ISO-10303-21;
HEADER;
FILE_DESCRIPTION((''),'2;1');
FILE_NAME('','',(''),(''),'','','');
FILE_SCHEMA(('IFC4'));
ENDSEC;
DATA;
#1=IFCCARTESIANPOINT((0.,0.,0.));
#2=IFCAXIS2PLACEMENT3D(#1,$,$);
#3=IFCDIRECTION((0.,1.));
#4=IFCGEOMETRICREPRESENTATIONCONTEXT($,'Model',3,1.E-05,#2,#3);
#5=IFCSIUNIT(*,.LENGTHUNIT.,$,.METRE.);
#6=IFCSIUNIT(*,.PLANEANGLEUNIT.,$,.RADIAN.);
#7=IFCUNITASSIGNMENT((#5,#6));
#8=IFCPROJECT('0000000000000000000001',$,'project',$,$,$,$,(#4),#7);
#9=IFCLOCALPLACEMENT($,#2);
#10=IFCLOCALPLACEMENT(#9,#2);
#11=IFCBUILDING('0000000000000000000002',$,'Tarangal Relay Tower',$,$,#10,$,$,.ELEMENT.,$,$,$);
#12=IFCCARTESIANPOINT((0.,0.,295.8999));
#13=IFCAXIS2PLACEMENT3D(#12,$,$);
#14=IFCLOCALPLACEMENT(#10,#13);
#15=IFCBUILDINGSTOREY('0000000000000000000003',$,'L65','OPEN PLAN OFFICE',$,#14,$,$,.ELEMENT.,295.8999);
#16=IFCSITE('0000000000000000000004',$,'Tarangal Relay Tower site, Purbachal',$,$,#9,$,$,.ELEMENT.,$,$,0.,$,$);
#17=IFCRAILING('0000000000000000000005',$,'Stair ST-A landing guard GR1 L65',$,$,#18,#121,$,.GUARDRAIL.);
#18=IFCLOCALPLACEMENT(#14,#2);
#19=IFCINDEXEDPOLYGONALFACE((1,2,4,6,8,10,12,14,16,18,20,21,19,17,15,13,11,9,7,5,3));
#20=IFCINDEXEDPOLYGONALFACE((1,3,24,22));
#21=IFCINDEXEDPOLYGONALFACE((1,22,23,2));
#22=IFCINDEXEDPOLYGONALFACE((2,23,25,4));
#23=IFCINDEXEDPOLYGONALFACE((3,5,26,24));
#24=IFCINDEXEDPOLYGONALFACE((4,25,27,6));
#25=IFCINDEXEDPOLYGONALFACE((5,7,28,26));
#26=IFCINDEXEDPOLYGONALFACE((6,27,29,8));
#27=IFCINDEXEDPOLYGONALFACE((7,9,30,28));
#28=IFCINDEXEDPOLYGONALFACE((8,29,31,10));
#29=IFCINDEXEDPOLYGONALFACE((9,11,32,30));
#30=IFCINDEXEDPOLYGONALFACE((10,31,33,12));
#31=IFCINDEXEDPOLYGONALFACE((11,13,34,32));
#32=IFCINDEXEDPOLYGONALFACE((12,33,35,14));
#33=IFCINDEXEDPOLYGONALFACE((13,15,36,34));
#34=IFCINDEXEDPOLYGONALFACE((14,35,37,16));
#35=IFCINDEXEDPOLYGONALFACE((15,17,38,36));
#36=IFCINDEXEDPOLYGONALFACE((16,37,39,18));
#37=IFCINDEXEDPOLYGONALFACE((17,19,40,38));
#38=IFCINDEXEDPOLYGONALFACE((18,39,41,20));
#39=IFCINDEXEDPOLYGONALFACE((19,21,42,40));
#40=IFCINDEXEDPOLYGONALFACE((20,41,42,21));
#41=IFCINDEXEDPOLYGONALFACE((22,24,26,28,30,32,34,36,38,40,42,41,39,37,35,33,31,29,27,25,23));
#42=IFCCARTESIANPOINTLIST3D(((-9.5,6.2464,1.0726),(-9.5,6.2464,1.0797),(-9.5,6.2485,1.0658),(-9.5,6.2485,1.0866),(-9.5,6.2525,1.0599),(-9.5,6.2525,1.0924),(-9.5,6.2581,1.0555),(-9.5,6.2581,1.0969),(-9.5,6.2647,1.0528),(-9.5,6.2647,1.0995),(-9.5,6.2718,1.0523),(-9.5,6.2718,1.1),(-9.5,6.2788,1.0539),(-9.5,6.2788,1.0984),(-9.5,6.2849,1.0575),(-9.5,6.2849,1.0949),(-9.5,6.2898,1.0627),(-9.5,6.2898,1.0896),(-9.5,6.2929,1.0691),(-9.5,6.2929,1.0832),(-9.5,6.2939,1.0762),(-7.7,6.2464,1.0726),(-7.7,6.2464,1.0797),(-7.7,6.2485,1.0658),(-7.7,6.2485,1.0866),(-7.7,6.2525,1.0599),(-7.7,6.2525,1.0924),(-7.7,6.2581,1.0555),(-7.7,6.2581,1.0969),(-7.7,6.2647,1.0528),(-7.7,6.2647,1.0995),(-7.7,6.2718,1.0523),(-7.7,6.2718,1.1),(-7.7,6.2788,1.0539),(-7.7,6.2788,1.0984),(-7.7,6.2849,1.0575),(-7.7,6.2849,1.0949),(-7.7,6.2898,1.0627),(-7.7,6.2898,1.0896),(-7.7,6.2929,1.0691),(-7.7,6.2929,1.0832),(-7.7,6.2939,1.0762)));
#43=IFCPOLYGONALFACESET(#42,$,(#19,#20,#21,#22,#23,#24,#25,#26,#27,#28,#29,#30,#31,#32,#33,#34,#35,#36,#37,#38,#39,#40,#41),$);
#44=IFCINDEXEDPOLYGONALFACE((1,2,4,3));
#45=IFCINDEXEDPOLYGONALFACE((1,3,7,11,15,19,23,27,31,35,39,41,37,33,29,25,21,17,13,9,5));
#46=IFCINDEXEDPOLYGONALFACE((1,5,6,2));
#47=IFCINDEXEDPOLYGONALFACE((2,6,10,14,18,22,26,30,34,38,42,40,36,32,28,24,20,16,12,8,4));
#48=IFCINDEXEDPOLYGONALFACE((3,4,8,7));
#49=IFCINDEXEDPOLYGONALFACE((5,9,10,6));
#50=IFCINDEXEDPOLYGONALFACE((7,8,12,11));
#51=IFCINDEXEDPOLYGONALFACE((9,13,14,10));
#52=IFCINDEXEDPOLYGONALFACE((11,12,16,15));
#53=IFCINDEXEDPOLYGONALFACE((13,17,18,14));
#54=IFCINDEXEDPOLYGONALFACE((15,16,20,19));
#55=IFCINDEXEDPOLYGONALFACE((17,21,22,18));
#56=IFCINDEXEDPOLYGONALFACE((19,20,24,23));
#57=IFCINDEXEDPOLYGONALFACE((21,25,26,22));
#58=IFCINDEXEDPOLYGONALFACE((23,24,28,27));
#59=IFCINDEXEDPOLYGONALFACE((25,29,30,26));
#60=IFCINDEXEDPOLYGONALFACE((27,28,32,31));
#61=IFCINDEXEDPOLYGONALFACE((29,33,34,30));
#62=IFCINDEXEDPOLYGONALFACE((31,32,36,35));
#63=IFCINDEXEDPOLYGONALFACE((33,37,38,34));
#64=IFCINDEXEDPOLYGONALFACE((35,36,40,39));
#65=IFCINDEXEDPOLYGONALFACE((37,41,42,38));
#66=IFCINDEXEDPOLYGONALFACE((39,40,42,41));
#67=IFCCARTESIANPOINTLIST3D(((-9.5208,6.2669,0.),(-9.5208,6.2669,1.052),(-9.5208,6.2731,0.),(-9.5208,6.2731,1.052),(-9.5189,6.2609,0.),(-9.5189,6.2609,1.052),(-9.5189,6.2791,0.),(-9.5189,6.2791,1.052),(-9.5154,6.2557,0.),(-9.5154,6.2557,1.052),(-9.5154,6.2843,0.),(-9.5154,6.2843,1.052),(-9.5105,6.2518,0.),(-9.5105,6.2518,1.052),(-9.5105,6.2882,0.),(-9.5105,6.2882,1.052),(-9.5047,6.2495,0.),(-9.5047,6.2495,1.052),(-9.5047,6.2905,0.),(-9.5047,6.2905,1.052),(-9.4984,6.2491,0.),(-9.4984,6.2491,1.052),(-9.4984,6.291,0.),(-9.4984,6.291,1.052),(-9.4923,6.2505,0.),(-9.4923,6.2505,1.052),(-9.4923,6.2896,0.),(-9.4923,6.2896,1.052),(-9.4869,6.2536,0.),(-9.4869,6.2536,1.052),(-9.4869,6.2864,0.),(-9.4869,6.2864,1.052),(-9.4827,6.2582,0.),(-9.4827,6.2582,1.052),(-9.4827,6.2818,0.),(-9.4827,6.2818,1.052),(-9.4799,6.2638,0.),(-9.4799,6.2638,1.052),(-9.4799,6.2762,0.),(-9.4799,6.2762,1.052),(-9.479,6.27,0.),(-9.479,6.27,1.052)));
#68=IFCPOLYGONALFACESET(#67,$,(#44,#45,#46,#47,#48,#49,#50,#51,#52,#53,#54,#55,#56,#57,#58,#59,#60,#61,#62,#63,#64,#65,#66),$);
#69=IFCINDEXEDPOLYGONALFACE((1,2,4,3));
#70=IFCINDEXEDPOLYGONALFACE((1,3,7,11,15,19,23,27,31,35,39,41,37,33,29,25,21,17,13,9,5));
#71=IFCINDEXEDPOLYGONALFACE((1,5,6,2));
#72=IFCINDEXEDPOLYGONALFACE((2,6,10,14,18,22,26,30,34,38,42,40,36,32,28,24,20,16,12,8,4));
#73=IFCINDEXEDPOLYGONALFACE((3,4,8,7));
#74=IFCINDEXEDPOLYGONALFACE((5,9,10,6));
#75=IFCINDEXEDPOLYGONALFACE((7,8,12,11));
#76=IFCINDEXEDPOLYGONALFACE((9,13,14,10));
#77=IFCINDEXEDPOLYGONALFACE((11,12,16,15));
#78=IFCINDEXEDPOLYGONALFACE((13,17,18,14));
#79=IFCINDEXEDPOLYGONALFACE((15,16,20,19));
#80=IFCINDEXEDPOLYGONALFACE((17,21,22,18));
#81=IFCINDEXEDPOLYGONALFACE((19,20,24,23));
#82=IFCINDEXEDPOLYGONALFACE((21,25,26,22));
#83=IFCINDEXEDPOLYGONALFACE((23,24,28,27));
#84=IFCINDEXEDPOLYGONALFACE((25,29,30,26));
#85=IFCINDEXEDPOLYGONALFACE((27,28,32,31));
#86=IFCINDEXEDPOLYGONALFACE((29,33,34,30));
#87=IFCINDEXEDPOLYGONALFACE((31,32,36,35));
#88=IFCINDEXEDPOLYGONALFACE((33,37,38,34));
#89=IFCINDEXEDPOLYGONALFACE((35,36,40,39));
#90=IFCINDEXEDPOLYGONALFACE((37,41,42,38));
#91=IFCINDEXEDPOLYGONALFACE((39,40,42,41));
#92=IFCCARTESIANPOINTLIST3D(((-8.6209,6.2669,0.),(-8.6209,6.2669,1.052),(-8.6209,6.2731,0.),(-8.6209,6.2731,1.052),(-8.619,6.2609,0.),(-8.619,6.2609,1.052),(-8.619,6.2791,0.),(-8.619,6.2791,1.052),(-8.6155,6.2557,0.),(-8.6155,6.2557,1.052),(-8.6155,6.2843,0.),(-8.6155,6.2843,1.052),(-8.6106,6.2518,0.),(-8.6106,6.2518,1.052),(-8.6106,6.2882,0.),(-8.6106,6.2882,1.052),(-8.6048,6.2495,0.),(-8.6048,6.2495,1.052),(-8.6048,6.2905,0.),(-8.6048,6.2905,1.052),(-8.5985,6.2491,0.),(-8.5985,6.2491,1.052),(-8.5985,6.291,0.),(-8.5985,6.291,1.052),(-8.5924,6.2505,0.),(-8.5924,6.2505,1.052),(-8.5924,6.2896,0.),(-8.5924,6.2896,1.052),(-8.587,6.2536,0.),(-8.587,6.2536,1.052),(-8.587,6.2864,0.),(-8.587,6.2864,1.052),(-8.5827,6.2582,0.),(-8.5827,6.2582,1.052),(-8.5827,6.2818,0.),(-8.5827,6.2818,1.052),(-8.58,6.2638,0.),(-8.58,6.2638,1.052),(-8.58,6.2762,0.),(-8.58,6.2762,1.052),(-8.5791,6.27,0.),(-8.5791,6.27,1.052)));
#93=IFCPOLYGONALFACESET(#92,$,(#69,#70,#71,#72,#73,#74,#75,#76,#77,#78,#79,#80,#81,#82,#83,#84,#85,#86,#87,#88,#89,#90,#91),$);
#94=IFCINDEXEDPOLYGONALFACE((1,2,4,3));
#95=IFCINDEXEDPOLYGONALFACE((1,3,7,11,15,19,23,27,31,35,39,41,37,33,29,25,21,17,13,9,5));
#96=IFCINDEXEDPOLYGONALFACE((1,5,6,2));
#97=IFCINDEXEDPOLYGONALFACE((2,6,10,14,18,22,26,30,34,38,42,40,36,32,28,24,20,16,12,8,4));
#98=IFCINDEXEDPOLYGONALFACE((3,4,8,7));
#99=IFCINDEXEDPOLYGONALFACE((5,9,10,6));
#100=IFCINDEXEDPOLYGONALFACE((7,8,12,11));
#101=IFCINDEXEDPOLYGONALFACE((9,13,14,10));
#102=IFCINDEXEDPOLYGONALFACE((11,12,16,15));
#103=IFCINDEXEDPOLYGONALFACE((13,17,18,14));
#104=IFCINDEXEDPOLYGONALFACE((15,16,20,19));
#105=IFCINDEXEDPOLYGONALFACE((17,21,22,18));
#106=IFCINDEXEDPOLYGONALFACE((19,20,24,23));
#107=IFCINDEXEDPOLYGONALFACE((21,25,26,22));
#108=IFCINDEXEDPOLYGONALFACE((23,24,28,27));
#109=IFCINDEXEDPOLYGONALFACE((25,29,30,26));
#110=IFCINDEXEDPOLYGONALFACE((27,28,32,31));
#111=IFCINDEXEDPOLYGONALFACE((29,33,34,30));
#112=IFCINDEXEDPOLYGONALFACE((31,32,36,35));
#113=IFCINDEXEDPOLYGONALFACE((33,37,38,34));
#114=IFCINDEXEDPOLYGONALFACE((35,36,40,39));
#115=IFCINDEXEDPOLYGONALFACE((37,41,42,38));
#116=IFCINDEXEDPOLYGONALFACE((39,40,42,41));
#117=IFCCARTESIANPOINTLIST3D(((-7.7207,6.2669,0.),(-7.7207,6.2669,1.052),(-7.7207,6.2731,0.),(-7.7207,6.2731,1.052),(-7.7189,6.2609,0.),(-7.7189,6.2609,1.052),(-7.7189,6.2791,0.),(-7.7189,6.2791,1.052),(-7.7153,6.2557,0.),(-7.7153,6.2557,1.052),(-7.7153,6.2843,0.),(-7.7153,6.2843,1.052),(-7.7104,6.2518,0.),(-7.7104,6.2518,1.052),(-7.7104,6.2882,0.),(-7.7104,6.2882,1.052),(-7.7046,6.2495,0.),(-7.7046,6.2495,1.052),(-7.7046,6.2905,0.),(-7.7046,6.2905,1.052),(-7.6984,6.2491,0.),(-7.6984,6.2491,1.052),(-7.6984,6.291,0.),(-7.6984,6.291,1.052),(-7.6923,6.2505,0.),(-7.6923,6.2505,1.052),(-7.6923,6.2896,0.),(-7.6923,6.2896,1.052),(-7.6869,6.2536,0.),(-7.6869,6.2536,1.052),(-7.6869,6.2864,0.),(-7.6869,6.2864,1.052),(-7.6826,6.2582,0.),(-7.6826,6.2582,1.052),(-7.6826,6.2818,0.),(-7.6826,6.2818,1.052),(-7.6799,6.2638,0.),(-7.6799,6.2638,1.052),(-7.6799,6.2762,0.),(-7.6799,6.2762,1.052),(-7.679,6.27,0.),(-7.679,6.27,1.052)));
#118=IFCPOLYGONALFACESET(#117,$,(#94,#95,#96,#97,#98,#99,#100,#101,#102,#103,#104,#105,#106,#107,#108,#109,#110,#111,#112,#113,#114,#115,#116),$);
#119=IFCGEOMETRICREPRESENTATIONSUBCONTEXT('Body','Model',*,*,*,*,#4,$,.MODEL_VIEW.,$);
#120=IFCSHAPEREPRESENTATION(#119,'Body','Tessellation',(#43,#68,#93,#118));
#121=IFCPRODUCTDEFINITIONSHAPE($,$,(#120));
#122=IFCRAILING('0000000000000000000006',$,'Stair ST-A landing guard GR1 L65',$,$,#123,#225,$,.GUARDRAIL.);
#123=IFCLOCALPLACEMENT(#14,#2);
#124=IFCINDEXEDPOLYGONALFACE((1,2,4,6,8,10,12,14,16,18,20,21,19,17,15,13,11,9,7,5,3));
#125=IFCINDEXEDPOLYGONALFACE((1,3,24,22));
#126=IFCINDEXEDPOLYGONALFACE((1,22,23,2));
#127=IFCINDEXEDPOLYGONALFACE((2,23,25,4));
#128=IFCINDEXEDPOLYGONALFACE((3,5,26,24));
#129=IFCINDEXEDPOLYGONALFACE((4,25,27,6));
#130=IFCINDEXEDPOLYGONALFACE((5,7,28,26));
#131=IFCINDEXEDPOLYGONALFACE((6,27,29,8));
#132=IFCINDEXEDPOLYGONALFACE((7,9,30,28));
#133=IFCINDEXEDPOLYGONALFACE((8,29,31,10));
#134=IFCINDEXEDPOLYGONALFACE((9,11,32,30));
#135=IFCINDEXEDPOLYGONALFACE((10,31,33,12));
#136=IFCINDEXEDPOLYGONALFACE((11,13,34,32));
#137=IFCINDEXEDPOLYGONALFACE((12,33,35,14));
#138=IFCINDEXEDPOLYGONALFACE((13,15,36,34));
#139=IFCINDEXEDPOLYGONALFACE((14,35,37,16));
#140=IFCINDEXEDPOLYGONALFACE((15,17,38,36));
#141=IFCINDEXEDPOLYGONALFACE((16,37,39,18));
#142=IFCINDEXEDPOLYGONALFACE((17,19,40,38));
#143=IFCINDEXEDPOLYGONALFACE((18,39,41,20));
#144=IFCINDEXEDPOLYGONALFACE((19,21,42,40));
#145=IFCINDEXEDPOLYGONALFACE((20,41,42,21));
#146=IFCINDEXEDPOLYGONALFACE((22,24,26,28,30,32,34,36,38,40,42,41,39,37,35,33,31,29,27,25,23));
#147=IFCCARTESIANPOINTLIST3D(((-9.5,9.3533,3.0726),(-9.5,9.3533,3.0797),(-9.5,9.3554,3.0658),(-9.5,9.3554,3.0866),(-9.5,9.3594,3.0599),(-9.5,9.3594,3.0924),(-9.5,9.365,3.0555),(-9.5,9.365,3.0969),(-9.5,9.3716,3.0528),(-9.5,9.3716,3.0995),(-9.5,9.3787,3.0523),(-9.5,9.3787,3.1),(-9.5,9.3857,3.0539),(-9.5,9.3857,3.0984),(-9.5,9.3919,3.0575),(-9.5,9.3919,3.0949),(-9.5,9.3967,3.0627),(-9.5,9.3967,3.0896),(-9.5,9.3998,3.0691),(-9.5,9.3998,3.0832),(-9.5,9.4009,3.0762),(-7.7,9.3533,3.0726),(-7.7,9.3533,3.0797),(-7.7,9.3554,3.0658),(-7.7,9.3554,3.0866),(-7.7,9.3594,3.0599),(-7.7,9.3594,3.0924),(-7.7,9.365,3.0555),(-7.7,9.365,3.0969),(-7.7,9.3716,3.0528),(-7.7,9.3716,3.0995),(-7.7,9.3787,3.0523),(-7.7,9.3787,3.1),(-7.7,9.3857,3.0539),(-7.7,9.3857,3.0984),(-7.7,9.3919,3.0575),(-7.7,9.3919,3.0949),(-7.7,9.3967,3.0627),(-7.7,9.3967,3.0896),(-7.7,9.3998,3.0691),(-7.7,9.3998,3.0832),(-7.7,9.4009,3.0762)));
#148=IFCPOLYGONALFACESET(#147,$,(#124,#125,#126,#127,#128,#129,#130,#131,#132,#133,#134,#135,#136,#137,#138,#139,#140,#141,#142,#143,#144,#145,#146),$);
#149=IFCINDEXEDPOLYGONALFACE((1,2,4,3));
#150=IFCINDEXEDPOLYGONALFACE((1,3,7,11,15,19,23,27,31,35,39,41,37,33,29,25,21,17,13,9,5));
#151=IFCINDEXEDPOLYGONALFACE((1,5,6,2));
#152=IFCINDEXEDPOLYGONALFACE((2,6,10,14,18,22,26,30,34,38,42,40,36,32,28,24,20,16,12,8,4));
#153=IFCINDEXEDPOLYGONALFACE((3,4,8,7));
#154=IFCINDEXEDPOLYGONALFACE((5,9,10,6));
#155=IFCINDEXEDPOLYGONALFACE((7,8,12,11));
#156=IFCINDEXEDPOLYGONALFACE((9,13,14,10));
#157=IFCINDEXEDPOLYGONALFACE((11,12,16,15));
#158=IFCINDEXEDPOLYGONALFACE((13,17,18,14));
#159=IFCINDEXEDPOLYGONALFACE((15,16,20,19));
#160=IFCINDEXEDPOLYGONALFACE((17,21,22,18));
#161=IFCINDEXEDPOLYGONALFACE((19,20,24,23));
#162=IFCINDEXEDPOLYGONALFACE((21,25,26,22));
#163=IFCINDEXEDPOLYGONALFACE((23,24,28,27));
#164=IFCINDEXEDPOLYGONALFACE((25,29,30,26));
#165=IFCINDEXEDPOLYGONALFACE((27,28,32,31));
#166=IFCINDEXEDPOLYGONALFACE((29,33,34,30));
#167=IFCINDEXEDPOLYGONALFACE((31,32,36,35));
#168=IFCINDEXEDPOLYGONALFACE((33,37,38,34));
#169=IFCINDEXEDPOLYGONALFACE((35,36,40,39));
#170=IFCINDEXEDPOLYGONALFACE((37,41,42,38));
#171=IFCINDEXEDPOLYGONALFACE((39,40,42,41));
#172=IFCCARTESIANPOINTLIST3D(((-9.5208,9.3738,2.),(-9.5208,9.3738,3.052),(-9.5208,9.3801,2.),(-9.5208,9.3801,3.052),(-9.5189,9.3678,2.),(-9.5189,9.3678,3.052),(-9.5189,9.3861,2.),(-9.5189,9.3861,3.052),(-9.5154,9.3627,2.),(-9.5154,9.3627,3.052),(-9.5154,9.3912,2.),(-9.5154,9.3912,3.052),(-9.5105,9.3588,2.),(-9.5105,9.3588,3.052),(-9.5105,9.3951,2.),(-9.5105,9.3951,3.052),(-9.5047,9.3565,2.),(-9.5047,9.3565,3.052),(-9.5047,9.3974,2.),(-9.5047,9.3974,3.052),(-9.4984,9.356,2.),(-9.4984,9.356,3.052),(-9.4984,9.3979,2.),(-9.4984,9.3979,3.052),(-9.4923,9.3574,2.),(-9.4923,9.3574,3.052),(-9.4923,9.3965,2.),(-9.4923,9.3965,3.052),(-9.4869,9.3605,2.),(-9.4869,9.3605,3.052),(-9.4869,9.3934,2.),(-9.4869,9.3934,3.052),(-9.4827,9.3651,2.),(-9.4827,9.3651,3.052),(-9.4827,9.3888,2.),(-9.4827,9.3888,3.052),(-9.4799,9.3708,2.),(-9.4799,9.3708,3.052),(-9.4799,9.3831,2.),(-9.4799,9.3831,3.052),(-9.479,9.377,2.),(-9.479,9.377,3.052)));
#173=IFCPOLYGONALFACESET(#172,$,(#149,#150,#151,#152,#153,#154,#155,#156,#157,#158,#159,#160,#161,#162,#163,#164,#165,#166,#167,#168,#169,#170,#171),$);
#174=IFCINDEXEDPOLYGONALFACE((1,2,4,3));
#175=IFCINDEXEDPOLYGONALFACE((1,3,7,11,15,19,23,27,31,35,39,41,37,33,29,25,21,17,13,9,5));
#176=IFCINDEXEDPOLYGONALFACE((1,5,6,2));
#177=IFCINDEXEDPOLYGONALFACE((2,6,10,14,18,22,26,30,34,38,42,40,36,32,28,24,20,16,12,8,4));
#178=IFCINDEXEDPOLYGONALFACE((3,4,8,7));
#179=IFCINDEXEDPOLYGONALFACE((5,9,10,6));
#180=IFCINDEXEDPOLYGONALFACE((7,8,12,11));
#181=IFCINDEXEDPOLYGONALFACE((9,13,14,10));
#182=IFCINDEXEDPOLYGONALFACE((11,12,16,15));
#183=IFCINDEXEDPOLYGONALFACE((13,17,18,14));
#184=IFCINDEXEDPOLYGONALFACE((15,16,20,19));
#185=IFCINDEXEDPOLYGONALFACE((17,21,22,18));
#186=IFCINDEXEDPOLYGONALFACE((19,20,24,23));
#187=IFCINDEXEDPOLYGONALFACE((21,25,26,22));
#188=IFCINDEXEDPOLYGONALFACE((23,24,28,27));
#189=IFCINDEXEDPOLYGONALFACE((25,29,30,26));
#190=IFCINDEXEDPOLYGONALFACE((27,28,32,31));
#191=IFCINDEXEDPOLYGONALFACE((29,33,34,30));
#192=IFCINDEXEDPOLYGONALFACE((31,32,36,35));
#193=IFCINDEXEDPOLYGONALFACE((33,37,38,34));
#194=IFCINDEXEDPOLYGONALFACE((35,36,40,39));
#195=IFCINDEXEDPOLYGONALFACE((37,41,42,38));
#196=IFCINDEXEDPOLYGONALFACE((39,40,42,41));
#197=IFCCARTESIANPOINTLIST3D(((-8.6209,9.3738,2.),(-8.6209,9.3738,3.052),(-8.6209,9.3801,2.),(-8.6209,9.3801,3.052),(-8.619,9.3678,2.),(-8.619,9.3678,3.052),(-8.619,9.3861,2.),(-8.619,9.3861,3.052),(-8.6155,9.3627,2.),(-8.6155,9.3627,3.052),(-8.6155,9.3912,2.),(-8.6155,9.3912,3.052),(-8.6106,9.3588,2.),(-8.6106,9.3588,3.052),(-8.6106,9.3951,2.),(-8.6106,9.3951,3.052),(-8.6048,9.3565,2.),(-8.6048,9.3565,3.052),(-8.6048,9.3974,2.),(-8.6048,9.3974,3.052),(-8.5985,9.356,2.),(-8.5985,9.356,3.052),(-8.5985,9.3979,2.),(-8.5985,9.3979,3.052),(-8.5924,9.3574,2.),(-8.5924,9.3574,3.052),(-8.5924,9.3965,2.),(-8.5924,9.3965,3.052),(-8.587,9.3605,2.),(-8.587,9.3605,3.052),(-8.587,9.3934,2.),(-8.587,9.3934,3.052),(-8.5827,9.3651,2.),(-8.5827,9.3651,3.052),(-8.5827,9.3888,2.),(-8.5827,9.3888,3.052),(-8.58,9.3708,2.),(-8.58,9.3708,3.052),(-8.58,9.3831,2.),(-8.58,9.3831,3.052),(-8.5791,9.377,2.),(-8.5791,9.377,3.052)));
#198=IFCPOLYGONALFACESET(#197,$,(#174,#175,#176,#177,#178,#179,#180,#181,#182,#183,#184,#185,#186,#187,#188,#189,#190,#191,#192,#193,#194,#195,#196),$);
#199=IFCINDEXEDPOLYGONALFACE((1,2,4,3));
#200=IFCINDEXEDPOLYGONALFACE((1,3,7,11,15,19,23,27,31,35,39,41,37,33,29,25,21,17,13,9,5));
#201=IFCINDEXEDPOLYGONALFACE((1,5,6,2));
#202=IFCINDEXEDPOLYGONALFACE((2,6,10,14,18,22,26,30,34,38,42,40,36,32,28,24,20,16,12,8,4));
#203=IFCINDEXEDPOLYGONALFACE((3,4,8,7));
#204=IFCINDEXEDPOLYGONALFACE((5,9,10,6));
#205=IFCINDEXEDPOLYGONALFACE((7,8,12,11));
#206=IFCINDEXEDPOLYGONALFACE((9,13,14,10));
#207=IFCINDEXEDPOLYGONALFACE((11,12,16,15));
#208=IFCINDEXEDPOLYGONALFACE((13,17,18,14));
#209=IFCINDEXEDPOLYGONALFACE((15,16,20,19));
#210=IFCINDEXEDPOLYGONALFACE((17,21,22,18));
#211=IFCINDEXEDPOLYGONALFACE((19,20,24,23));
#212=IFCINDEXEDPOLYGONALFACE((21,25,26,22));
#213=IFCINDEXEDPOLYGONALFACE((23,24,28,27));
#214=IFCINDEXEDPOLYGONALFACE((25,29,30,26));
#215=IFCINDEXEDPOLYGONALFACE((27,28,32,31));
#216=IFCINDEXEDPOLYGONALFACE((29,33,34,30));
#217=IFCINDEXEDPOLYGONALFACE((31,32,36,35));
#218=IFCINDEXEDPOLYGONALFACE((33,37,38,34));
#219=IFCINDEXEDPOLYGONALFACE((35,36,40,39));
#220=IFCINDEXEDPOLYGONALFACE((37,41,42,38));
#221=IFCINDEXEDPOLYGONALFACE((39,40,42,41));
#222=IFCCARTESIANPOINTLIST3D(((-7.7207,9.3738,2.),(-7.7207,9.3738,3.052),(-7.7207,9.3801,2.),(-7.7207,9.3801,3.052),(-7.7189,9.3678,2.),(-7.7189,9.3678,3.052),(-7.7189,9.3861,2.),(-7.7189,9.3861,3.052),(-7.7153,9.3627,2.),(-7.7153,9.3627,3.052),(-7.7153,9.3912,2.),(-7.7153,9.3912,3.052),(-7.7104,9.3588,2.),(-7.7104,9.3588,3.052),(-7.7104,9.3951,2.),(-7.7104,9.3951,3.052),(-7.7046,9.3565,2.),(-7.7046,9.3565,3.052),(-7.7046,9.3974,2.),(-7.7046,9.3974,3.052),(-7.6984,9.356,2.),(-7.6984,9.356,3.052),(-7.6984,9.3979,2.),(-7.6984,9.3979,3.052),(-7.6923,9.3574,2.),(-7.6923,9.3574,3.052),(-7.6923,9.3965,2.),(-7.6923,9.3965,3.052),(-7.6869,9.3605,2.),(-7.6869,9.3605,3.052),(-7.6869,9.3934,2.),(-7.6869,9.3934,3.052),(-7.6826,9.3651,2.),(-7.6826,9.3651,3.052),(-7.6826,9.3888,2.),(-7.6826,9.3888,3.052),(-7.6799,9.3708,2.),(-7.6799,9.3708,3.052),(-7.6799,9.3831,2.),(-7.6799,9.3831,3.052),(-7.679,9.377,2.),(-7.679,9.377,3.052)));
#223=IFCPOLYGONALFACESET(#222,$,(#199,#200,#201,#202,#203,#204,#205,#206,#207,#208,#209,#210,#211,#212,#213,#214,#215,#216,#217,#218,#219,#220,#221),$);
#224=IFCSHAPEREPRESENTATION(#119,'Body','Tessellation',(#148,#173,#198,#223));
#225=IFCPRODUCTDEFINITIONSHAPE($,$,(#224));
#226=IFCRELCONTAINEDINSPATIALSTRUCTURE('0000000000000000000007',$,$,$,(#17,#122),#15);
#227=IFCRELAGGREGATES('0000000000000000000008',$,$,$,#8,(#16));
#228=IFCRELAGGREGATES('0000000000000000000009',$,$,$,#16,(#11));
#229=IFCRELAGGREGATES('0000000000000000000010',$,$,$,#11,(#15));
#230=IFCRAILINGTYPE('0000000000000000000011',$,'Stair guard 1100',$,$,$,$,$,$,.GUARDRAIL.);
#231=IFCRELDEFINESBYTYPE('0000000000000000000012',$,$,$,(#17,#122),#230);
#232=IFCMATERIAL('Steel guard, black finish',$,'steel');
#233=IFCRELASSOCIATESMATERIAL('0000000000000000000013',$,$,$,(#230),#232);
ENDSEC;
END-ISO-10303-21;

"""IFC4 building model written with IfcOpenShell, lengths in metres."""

from ifc_helpers import new_model, si_unit, direction, frame, origin, origin_2d, place, context, subcontext, project, spatial, circle, extrude, material, type_object, element, save


model = new_model("IFC4")

# Units and contexts
model_context = context("Model", 3, precision=1e-05, world=origin(), true_north=direction((0.0, 1.0)))
body_context = subcontext(model_context, "Body", "Model", "MODEL_VIEW")
ifc_project = project(units=[si_unit("LENGTHUNIT", "METRE"), si_unit("PLANEANGLEUNIT", "RADIAN")], contexts=[model_context])

# Site, building, storey
site_placement = place(None, origin())
site = spatial("IfcSite", under=ifc_project, at=site_placement, Name="Tarangal Relay Tower site, Purbachal", CompositionType="ELEMENT", RefElevation=0.0)
building_placement = place(site_placement, origin())
building = spatial("IfcBuilding", under=site, at=building_placement, Name="Tarangal Relay Tower", CompositionType="ELEMENT")
storey_placement = place(building_placement, frame((0.0, 0.0, 295.8999)))
storey = spatial("IfcBuildingStorey", under=building, at=storey_placement, Name="L65", Description="OPEN PLAN OFFICE", CompositionType="ELEMENT", Elevation=295.8999)

# Railings
ifc_material_1 = material(Name="Steel guard, black finish", Category="steel")
railing_type_1 = type_object("IfcRailingType", Name="Stair guard 1100", PredefinedType="GUARDRAIL", material=ifc_material_1)
for number, where, name in (
    (1, (-9.5, 6.27, 0.0), "Stair ST-A landing guard GR1 L65"),
    (2, (-9.5, 9.377, 2.0), "Stair ST-A landing guard GR1 L65"),
):
    element("IfcRailing", number, at=place(storey_placement, frame(where)), inside=storey, type_object=railing_type_1, Name=name, PredefinedType="GUARDRAIL", context=body_context, shape_type="SweptSolid", body=[
        extrude(circle(Radius=0.0239, at=origin_2d()), frame((0.0, 0.0, 1.0762), z_axis=(1.0, 0.0, 0.0), x_axis=(0.0, 1.0, 0.0)), (0.0, 0.0, 1.0), 1.8),
        extrude(circle(Radius=0.021, at=origin_2d()), origin(), (0.0, 0.0, 1.0), 1.052),
        extrude(circle(Radius=0.021, at=origin_2d()), frame((0.8999, 0.0, 0.0)), (0.0, 0.0, 1.0), 1.052),
        extrude(circle(Radius=0.021, at=origin_2d()), frame((1.8, 0.0, 0.0)), (0.0, 0.0, 1.0), 1.052),
    ])

save(model, "model.ifc")
